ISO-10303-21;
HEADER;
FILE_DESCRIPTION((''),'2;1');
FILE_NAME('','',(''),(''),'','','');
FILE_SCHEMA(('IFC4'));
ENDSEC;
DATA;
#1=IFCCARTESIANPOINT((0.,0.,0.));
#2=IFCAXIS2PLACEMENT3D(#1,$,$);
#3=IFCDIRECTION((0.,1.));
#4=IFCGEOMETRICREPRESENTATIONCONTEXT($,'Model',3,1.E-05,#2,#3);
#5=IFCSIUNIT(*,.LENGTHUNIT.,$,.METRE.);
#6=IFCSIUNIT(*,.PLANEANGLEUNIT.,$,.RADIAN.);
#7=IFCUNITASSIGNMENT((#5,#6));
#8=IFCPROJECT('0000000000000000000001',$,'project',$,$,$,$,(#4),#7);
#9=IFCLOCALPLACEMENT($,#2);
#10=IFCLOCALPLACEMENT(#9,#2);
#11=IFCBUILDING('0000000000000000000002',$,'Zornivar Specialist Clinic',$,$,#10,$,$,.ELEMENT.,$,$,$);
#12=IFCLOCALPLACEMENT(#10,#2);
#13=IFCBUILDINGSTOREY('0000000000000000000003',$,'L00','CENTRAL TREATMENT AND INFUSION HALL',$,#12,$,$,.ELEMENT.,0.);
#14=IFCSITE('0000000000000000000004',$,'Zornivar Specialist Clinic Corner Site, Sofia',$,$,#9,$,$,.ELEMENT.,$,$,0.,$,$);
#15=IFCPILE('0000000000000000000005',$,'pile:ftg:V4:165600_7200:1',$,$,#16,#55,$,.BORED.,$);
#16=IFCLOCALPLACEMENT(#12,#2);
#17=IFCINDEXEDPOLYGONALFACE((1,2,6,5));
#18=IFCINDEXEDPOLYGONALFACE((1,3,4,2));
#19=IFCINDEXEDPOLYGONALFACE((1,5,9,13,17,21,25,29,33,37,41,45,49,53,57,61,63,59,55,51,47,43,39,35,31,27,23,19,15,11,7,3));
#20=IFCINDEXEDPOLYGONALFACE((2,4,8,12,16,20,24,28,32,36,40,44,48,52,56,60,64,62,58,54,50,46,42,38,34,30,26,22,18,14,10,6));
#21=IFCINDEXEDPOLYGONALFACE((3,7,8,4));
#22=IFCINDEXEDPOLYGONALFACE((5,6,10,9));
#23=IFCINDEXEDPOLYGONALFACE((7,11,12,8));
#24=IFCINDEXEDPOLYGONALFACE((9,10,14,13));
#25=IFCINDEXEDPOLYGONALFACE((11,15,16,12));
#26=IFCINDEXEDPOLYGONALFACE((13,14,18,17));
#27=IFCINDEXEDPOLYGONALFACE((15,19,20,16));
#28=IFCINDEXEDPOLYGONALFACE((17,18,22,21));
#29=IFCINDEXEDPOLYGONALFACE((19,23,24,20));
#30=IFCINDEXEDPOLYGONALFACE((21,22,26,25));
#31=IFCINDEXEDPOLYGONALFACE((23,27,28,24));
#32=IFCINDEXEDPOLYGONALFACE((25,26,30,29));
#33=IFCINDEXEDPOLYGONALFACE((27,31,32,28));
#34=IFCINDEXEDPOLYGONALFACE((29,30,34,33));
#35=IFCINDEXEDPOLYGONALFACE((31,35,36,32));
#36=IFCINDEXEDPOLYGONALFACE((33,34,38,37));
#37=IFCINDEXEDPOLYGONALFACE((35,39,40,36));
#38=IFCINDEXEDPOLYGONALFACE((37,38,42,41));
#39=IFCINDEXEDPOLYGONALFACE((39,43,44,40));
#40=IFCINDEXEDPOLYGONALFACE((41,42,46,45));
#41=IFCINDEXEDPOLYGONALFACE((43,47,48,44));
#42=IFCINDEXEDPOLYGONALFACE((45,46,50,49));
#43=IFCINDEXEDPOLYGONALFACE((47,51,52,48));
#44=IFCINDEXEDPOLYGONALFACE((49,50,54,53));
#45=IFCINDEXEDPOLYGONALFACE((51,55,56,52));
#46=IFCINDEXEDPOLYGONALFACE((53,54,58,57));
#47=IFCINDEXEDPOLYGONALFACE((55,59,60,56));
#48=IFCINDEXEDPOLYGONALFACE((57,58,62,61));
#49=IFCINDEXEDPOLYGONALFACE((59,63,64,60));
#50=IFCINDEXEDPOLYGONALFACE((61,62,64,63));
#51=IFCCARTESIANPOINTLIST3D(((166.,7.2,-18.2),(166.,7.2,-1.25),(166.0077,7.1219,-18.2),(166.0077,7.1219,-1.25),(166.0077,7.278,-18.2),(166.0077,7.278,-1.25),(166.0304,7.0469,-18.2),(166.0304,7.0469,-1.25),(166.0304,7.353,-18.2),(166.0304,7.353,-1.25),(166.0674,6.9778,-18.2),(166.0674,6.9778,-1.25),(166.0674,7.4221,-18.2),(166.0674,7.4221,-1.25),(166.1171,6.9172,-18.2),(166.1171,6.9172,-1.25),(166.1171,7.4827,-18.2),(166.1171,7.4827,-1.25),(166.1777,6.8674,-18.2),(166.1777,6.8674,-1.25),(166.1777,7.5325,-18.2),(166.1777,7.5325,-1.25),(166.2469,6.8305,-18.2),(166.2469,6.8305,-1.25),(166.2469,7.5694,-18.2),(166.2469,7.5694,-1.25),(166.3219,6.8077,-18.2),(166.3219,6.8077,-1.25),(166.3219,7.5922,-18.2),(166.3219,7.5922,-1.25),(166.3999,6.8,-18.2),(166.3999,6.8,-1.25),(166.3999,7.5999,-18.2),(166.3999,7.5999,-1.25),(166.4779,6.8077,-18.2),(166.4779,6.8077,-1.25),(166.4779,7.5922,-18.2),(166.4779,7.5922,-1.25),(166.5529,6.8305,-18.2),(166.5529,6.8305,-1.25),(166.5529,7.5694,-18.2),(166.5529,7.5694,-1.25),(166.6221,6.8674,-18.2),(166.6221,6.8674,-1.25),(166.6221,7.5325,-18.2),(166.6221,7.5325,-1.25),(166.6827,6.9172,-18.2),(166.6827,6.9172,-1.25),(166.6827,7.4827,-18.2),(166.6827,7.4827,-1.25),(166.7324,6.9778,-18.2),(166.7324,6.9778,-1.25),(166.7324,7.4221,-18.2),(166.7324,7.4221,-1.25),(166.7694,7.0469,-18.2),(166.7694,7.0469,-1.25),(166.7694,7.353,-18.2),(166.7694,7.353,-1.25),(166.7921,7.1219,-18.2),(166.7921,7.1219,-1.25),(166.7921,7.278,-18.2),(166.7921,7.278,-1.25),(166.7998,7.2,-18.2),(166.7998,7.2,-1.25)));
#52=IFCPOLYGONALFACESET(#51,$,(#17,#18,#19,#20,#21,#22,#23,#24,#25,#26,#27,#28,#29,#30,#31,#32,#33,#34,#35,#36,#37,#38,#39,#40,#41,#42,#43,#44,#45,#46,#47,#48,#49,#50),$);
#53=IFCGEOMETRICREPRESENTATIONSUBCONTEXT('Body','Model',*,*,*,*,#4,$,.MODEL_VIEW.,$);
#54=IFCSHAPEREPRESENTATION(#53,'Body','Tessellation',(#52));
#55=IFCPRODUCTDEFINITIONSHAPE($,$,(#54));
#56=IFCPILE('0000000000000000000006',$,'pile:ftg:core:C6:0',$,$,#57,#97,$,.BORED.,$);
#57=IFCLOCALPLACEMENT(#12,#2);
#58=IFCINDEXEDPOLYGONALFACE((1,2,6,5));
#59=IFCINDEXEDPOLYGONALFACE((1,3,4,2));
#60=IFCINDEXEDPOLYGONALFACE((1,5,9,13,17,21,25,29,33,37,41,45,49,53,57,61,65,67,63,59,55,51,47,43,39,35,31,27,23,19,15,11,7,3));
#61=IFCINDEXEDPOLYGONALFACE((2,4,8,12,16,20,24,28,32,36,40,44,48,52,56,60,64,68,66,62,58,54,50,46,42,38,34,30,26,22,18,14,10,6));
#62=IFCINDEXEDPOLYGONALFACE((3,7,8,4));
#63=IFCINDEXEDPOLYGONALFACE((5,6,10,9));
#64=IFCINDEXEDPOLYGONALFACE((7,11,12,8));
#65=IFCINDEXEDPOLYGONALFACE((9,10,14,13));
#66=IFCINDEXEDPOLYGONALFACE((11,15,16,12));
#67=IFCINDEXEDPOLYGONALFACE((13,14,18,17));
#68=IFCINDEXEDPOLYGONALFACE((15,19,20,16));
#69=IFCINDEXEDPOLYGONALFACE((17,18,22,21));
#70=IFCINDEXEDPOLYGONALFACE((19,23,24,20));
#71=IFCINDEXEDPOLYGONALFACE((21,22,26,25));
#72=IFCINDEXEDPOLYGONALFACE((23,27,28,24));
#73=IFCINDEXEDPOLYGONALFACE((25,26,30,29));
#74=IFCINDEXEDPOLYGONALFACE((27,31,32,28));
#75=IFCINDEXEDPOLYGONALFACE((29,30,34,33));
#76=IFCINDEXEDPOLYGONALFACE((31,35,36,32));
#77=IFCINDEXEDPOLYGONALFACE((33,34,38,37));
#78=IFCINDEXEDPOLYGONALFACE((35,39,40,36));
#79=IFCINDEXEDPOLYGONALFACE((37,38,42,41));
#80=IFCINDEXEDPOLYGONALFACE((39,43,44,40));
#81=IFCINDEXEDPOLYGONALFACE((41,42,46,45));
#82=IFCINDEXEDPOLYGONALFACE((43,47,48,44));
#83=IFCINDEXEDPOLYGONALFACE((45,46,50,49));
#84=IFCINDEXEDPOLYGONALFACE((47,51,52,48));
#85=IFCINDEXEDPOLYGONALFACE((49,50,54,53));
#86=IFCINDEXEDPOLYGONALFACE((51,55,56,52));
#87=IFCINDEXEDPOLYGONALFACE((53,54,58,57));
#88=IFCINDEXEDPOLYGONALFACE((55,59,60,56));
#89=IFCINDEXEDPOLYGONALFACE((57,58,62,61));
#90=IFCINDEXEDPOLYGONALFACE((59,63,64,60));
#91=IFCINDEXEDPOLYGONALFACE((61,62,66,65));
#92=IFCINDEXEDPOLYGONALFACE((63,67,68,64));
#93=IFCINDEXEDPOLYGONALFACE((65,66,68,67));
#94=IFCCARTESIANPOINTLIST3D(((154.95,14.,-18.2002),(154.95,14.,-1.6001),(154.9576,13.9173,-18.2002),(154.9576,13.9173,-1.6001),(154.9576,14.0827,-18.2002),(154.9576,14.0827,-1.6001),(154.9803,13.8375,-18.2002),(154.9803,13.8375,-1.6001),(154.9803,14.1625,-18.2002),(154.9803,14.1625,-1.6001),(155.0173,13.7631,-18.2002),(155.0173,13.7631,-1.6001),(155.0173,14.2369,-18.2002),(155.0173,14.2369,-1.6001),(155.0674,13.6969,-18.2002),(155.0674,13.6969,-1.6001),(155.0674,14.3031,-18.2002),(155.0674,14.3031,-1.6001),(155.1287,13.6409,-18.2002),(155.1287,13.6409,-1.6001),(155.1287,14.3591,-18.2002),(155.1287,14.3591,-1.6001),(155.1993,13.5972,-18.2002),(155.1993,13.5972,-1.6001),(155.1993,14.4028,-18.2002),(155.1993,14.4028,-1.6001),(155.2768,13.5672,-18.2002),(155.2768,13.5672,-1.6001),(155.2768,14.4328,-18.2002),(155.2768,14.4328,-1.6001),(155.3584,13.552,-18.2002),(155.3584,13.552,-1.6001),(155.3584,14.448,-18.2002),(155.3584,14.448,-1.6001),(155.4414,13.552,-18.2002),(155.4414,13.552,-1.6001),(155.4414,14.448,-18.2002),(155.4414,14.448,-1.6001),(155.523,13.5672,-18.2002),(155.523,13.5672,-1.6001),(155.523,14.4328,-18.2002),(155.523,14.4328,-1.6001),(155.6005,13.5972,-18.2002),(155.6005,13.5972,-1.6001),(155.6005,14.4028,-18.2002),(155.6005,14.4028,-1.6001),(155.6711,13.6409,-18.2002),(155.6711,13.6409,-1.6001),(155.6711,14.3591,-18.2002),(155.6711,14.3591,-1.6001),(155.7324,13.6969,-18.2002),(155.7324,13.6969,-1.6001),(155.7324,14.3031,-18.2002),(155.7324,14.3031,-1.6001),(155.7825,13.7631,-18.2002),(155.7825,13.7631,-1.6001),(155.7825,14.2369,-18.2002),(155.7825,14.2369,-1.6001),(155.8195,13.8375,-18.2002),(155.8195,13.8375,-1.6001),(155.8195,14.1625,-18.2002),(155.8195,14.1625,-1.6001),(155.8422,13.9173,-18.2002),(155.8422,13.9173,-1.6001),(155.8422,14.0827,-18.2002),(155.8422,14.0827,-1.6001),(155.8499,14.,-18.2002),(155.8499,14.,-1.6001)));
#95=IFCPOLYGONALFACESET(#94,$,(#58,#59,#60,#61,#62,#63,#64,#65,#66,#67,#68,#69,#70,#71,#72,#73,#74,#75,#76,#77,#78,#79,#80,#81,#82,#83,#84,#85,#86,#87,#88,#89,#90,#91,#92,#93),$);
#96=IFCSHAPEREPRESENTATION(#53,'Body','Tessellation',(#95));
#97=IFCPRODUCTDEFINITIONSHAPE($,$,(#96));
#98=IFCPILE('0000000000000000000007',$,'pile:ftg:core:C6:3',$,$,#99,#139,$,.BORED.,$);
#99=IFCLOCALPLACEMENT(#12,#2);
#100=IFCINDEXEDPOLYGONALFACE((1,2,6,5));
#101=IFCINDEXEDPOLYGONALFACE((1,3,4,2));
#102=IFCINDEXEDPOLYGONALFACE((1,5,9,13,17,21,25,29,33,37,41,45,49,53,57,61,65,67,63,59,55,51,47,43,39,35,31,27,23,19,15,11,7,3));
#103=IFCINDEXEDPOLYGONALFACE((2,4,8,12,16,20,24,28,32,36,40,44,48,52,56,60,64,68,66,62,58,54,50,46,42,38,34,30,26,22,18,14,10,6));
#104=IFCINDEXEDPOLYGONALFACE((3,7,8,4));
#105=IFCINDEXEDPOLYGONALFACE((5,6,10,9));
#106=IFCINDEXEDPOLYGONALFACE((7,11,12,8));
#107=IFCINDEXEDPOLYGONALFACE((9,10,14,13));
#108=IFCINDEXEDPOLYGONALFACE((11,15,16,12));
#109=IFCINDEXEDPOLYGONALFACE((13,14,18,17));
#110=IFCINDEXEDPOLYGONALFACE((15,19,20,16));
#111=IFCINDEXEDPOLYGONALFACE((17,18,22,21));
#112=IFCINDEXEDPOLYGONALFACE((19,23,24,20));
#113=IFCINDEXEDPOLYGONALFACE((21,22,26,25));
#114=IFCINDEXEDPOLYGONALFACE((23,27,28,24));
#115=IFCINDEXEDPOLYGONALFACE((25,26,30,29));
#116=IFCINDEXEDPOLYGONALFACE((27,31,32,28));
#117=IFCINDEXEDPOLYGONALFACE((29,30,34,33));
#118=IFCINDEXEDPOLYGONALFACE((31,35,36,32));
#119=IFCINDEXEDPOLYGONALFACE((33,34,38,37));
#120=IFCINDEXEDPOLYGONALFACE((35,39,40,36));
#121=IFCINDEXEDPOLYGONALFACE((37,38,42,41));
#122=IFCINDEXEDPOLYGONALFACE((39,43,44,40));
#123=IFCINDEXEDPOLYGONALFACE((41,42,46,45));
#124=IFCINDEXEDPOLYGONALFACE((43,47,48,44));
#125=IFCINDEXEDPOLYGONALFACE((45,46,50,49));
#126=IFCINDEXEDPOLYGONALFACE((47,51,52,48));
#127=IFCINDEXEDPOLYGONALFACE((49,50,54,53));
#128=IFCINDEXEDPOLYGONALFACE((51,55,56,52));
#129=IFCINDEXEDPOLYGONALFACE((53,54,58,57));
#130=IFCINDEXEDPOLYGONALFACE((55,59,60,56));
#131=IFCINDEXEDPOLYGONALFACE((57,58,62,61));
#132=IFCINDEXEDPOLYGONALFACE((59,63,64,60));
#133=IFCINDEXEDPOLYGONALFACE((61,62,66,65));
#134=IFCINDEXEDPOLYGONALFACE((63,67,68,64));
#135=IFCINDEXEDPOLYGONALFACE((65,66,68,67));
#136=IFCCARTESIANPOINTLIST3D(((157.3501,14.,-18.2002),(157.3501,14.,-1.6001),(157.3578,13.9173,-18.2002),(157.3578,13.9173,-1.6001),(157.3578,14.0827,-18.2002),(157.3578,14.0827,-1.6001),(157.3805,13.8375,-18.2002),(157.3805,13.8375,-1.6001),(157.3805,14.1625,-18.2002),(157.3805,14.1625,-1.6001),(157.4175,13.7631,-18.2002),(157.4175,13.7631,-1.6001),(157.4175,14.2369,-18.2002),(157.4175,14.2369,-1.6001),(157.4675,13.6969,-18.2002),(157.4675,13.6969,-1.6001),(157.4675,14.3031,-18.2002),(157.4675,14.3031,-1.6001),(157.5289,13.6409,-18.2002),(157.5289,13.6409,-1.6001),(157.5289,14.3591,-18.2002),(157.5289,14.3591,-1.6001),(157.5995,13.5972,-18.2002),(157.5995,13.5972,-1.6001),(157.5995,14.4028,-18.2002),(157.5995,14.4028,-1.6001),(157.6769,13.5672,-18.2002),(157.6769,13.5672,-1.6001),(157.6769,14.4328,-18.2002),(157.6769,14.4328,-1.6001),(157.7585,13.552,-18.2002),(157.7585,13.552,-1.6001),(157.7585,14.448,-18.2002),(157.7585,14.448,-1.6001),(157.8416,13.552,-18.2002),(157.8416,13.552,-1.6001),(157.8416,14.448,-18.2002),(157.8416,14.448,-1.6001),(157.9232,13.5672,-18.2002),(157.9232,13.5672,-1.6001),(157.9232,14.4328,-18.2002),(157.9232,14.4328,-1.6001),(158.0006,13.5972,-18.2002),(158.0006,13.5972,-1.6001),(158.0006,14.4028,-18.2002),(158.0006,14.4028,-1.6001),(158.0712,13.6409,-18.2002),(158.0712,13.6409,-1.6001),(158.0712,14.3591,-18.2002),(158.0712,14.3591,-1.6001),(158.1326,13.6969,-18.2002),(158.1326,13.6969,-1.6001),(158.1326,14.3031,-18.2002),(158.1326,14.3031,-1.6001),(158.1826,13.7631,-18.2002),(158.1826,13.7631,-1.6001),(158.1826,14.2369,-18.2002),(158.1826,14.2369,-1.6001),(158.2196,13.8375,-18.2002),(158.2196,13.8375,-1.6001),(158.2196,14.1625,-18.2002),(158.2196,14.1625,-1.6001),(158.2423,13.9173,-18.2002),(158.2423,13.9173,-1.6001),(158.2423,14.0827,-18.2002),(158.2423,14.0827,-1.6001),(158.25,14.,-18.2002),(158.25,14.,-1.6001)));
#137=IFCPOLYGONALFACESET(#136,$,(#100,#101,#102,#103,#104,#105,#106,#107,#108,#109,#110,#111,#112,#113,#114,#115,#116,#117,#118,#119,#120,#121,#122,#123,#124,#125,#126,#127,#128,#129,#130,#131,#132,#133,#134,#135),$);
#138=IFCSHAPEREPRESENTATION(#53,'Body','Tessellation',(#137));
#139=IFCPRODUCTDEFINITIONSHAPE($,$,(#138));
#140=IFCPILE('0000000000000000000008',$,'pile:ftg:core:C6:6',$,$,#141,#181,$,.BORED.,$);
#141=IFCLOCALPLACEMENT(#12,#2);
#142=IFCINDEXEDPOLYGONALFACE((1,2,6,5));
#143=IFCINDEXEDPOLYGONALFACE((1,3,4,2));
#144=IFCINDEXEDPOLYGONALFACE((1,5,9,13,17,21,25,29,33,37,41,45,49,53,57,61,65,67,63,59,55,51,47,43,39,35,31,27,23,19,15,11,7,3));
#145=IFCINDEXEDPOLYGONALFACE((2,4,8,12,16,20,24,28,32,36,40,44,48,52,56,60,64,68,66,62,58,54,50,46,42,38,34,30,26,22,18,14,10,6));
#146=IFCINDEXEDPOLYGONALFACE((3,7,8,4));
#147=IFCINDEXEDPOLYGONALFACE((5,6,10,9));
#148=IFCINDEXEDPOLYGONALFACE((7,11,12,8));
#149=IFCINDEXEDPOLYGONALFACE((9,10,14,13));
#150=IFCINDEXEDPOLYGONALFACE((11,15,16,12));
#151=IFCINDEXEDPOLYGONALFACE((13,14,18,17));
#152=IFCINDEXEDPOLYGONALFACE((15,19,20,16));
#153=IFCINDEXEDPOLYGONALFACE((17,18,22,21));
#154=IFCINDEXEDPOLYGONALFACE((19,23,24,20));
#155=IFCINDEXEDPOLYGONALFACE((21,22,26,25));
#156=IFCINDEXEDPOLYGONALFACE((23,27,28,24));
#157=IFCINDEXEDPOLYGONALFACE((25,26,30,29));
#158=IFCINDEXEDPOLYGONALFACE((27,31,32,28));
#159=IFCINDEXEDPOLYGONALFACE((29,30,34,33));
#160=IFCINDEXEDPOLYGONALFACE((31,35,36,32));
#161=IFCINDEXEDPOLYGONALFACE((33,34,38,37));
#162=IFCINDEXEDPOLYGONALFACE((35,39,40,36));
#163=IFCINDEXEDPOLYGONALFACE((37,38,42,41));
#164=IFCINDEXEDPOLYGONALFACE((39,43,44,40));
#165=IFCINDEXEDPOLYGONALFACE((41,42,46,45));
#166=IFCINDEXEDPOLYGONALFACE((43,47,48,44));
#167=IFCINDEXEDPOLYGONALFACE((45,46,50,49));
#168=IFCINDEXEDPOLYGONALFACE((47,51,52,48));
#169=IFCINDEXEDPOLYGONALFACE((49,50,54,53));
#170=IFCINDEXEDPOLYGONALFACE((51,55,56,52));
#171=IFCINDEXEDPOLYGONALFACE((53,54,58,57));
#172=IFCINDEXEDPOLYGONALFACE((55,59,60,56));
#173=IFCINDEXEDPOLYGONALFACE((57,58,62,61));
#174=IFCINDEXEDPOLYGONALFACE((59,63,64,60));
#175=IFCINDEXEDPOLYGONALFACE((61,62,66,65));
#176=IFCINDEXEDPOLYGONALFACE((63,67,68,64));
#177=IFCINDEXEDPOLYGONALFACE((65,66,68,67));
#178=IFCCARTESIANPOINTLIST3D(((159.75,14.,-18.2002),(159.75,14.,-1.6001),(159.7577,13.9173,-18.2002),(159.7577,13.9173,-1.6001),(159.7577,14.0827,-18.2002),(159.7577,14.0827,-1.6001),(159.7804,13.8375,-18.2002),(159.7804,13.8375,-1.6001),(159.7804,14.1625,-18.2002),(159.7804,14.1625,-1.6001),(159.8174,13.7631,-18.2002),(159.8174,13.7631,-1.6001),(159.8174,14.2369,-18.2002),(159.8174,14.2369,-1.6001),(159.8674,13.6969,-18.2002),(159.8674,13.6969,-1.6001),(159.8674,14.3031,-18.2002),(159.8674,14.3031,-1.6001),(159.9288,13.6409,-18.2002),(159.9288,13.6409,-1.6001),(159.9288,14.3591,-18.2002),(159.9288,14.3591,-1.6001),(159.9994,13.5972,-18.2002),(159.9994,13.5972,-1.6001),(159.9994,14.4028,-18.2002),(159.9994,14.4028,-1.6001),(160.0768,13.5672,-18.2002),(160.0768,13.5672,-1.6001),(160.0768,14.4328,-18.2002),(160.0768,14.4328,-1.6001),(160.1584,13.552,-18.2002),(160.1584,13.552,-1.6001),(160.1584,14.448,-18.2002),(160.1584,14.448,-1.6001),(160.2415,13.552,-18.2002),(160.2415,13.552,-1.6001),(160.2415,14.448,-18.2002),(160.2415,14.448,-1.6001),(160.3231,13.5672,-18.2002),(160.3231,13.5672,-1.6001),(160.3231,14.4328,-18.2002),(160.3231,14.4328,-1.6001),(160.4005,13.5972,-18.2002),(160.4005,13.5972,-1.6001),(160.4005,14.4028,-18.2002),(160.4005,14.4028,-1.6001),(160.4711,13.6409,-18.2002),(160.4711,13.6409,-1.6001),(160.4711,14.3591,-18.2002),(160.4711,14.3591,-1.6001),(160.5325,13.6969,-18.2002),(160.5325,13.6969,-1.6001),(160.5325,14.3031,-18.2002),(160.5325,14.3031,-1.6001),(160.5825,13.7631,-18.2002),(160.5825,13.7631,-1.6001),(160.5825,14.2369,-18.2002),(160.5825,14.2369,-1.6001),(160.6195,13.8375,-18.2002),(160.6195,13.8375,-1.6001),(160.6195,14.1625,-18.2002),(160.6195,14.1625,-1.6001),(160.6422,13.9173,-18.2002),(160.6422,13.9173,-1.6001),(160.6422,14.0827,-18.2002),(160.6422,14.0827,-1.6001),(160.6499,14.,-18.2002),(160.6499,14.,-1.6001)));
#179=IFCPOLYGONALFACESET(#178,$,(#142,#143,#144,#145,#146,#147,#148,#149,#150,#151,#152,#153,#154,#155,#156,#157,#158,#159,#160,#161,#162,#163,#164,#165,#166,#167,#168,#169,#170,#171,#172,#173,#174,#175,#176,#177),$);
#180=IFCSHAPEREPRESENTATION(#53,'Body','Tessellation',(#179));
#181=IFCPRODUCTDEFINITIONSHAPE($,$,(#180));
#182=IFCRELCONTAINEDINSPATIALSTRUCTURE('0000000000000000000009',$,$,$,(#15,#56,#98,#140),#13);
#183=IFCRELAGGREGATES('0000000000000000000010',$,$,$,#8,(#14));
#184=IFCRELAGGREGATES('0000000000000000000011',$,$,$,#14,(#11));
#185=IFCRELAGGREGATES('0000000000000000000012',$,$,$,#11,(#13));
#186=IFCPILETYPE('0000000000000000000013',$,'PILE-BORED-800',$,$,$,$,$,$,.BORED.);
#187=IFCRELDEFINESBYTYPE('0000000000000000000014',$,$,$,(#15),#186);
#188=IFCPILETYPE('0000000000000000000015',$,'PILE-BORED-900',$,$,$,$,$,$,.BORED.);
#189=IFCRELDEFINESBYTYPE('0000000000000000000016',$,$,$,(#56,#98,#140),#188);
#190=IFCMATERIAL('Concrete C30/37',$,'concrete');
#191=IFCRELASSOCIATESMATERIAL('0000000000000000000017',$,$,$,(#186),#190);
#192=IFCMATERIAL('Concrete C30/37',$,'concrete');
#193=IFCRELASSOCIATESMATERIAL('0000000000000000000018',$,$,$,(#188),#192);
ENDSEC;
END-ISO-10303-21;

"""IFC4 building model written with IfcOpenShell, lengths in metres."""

from ifc_helpers import new_model, si_unit, direction, frame, origin, origin_2d, place, context, subcontext, project, spatial, circle, extrude, material, material_profile, profile_set, type_object, element, save


model = new_model("IFC4")

# Units and contexts
model_context = context("Model", 3, precision=1e-05, world=origin(), true_north=direction((0.0, 1.0)))
body_context = subcontext(model_context, "Body", "Model", "MODEL_VIEW")
ifc_project = project(units=[si_unit("LENGTHUNIT", "METRE"), si_unit("PLANEANGLEUNIT", "RADIAN")], contexts=[model_context])

# Site, building, storey
site_placement = place(None, origin())
site = spatial("IfcSite", under=ifc_project, at=site_placement, Name="Zornivar Specialist Clinic Corner Site, Sofia", CompositionType="ELEMENT", RefElevation=0.0)
building_placement = place(site_placement, origin())
building = spatial("IfcBuilding", under=site, at=building_placement, Name="Zornivar Specialist Clinic", CompositionType="ELEMENT")
storey_placement = place(building_placement, origin())
storey = spatial("IfcBuildingStorey", under=building, at=storey_placement, Name="L00", Description="CENTRAL TREATMENT AND INFUSION HALL", CompositionType="ELEMENT", Elevation=0.0)

# Piles
ifc_material_1 = material(Name="Concrete C30/37", Category="concrete")
ifc_material_profile_1 = material_profile(ifc_material_1, circle(Radius=0.3999, at=origin_2d()), Name="PILE D800")
ifc_profile_set_1 = profile_set([ifc_material_profile_1], Name="Concrete C30/37")
pile_type_1 = type_object("IfcPileType", Name="PILE-BORED-800", PredefinedType="BORED", material=ifc_profile_set_1)
for number, where, z_axis, x_axis, name in (
    (1, (166.3999, 7.2, -1.25), (0.0, 0.0, -1.0), (1.0, 0.0, 0.0), "pile:ftg:V4:165600_7200:1"),
):
    element("IfcPile", number, at=place(storey_placement, frame(where, z_axis=z_axis, x_axis=x_axis)), inside=storey, type_object=pile_type_1, Name=name, PredefinedType="BORED", context=body_context, shape_type="SweptSolid", body=[
        extrude(circle(Radius=0.3999, at=origin_2d()), origin(), (0.0, 0.0, 1.0), 16.95),
    ])
ifc_material_2 = material(Name="Concrete C30/37", Category="concrete")
ifc_material_profile_2 = material_profile(ifc_material_2, circle(Radius=0.45, at=origin_2d()), Name="PILE D900")
ifc_profile_set_2 = profile_set([ifc_material_profile_2], Name="Concrete C30/37")
pile_type_2 = type_object("IfcPileType", Name="PILE-BORED-900", PredefinedType="BORED", material=ifc_profile_set_2)
for number, where, z_axis, x_axis, name in (
    (2, (155.3999, 14.0, -1.6001), (0.0, 0.0, -1.0), (1.0, 0.0, 0.0), "pile:ftg:core:C6:0"),
    (3, (157.8, 14.0, -1.6001), (0.0, 0.0, -1.0), (1.0, 0.0, 0.0), "pile:ftg:core:C6:3"),
    (4, (160.2, 14.0, -1.6001), (0.0, 0.0, -1.0), (1.0, 0.0, 0.0), "pile:ftg:core:C6:6"),
):
    element("IfcPile", number, at=place(storey_placement, frame(where, z_axis=z_axis, x_axis=x_axis)), inside=storey, type_object=pile_type_2, Name=name, PredefinedType="BORED", context=body_context, shape_type="SweptSolid", body=[
        extrude(circle(Radius=0.45, at=origin_2d()), origin(), (0.0, 0.0, 1.0), 16.6001),
    ])

save(model, "model.ifc")
